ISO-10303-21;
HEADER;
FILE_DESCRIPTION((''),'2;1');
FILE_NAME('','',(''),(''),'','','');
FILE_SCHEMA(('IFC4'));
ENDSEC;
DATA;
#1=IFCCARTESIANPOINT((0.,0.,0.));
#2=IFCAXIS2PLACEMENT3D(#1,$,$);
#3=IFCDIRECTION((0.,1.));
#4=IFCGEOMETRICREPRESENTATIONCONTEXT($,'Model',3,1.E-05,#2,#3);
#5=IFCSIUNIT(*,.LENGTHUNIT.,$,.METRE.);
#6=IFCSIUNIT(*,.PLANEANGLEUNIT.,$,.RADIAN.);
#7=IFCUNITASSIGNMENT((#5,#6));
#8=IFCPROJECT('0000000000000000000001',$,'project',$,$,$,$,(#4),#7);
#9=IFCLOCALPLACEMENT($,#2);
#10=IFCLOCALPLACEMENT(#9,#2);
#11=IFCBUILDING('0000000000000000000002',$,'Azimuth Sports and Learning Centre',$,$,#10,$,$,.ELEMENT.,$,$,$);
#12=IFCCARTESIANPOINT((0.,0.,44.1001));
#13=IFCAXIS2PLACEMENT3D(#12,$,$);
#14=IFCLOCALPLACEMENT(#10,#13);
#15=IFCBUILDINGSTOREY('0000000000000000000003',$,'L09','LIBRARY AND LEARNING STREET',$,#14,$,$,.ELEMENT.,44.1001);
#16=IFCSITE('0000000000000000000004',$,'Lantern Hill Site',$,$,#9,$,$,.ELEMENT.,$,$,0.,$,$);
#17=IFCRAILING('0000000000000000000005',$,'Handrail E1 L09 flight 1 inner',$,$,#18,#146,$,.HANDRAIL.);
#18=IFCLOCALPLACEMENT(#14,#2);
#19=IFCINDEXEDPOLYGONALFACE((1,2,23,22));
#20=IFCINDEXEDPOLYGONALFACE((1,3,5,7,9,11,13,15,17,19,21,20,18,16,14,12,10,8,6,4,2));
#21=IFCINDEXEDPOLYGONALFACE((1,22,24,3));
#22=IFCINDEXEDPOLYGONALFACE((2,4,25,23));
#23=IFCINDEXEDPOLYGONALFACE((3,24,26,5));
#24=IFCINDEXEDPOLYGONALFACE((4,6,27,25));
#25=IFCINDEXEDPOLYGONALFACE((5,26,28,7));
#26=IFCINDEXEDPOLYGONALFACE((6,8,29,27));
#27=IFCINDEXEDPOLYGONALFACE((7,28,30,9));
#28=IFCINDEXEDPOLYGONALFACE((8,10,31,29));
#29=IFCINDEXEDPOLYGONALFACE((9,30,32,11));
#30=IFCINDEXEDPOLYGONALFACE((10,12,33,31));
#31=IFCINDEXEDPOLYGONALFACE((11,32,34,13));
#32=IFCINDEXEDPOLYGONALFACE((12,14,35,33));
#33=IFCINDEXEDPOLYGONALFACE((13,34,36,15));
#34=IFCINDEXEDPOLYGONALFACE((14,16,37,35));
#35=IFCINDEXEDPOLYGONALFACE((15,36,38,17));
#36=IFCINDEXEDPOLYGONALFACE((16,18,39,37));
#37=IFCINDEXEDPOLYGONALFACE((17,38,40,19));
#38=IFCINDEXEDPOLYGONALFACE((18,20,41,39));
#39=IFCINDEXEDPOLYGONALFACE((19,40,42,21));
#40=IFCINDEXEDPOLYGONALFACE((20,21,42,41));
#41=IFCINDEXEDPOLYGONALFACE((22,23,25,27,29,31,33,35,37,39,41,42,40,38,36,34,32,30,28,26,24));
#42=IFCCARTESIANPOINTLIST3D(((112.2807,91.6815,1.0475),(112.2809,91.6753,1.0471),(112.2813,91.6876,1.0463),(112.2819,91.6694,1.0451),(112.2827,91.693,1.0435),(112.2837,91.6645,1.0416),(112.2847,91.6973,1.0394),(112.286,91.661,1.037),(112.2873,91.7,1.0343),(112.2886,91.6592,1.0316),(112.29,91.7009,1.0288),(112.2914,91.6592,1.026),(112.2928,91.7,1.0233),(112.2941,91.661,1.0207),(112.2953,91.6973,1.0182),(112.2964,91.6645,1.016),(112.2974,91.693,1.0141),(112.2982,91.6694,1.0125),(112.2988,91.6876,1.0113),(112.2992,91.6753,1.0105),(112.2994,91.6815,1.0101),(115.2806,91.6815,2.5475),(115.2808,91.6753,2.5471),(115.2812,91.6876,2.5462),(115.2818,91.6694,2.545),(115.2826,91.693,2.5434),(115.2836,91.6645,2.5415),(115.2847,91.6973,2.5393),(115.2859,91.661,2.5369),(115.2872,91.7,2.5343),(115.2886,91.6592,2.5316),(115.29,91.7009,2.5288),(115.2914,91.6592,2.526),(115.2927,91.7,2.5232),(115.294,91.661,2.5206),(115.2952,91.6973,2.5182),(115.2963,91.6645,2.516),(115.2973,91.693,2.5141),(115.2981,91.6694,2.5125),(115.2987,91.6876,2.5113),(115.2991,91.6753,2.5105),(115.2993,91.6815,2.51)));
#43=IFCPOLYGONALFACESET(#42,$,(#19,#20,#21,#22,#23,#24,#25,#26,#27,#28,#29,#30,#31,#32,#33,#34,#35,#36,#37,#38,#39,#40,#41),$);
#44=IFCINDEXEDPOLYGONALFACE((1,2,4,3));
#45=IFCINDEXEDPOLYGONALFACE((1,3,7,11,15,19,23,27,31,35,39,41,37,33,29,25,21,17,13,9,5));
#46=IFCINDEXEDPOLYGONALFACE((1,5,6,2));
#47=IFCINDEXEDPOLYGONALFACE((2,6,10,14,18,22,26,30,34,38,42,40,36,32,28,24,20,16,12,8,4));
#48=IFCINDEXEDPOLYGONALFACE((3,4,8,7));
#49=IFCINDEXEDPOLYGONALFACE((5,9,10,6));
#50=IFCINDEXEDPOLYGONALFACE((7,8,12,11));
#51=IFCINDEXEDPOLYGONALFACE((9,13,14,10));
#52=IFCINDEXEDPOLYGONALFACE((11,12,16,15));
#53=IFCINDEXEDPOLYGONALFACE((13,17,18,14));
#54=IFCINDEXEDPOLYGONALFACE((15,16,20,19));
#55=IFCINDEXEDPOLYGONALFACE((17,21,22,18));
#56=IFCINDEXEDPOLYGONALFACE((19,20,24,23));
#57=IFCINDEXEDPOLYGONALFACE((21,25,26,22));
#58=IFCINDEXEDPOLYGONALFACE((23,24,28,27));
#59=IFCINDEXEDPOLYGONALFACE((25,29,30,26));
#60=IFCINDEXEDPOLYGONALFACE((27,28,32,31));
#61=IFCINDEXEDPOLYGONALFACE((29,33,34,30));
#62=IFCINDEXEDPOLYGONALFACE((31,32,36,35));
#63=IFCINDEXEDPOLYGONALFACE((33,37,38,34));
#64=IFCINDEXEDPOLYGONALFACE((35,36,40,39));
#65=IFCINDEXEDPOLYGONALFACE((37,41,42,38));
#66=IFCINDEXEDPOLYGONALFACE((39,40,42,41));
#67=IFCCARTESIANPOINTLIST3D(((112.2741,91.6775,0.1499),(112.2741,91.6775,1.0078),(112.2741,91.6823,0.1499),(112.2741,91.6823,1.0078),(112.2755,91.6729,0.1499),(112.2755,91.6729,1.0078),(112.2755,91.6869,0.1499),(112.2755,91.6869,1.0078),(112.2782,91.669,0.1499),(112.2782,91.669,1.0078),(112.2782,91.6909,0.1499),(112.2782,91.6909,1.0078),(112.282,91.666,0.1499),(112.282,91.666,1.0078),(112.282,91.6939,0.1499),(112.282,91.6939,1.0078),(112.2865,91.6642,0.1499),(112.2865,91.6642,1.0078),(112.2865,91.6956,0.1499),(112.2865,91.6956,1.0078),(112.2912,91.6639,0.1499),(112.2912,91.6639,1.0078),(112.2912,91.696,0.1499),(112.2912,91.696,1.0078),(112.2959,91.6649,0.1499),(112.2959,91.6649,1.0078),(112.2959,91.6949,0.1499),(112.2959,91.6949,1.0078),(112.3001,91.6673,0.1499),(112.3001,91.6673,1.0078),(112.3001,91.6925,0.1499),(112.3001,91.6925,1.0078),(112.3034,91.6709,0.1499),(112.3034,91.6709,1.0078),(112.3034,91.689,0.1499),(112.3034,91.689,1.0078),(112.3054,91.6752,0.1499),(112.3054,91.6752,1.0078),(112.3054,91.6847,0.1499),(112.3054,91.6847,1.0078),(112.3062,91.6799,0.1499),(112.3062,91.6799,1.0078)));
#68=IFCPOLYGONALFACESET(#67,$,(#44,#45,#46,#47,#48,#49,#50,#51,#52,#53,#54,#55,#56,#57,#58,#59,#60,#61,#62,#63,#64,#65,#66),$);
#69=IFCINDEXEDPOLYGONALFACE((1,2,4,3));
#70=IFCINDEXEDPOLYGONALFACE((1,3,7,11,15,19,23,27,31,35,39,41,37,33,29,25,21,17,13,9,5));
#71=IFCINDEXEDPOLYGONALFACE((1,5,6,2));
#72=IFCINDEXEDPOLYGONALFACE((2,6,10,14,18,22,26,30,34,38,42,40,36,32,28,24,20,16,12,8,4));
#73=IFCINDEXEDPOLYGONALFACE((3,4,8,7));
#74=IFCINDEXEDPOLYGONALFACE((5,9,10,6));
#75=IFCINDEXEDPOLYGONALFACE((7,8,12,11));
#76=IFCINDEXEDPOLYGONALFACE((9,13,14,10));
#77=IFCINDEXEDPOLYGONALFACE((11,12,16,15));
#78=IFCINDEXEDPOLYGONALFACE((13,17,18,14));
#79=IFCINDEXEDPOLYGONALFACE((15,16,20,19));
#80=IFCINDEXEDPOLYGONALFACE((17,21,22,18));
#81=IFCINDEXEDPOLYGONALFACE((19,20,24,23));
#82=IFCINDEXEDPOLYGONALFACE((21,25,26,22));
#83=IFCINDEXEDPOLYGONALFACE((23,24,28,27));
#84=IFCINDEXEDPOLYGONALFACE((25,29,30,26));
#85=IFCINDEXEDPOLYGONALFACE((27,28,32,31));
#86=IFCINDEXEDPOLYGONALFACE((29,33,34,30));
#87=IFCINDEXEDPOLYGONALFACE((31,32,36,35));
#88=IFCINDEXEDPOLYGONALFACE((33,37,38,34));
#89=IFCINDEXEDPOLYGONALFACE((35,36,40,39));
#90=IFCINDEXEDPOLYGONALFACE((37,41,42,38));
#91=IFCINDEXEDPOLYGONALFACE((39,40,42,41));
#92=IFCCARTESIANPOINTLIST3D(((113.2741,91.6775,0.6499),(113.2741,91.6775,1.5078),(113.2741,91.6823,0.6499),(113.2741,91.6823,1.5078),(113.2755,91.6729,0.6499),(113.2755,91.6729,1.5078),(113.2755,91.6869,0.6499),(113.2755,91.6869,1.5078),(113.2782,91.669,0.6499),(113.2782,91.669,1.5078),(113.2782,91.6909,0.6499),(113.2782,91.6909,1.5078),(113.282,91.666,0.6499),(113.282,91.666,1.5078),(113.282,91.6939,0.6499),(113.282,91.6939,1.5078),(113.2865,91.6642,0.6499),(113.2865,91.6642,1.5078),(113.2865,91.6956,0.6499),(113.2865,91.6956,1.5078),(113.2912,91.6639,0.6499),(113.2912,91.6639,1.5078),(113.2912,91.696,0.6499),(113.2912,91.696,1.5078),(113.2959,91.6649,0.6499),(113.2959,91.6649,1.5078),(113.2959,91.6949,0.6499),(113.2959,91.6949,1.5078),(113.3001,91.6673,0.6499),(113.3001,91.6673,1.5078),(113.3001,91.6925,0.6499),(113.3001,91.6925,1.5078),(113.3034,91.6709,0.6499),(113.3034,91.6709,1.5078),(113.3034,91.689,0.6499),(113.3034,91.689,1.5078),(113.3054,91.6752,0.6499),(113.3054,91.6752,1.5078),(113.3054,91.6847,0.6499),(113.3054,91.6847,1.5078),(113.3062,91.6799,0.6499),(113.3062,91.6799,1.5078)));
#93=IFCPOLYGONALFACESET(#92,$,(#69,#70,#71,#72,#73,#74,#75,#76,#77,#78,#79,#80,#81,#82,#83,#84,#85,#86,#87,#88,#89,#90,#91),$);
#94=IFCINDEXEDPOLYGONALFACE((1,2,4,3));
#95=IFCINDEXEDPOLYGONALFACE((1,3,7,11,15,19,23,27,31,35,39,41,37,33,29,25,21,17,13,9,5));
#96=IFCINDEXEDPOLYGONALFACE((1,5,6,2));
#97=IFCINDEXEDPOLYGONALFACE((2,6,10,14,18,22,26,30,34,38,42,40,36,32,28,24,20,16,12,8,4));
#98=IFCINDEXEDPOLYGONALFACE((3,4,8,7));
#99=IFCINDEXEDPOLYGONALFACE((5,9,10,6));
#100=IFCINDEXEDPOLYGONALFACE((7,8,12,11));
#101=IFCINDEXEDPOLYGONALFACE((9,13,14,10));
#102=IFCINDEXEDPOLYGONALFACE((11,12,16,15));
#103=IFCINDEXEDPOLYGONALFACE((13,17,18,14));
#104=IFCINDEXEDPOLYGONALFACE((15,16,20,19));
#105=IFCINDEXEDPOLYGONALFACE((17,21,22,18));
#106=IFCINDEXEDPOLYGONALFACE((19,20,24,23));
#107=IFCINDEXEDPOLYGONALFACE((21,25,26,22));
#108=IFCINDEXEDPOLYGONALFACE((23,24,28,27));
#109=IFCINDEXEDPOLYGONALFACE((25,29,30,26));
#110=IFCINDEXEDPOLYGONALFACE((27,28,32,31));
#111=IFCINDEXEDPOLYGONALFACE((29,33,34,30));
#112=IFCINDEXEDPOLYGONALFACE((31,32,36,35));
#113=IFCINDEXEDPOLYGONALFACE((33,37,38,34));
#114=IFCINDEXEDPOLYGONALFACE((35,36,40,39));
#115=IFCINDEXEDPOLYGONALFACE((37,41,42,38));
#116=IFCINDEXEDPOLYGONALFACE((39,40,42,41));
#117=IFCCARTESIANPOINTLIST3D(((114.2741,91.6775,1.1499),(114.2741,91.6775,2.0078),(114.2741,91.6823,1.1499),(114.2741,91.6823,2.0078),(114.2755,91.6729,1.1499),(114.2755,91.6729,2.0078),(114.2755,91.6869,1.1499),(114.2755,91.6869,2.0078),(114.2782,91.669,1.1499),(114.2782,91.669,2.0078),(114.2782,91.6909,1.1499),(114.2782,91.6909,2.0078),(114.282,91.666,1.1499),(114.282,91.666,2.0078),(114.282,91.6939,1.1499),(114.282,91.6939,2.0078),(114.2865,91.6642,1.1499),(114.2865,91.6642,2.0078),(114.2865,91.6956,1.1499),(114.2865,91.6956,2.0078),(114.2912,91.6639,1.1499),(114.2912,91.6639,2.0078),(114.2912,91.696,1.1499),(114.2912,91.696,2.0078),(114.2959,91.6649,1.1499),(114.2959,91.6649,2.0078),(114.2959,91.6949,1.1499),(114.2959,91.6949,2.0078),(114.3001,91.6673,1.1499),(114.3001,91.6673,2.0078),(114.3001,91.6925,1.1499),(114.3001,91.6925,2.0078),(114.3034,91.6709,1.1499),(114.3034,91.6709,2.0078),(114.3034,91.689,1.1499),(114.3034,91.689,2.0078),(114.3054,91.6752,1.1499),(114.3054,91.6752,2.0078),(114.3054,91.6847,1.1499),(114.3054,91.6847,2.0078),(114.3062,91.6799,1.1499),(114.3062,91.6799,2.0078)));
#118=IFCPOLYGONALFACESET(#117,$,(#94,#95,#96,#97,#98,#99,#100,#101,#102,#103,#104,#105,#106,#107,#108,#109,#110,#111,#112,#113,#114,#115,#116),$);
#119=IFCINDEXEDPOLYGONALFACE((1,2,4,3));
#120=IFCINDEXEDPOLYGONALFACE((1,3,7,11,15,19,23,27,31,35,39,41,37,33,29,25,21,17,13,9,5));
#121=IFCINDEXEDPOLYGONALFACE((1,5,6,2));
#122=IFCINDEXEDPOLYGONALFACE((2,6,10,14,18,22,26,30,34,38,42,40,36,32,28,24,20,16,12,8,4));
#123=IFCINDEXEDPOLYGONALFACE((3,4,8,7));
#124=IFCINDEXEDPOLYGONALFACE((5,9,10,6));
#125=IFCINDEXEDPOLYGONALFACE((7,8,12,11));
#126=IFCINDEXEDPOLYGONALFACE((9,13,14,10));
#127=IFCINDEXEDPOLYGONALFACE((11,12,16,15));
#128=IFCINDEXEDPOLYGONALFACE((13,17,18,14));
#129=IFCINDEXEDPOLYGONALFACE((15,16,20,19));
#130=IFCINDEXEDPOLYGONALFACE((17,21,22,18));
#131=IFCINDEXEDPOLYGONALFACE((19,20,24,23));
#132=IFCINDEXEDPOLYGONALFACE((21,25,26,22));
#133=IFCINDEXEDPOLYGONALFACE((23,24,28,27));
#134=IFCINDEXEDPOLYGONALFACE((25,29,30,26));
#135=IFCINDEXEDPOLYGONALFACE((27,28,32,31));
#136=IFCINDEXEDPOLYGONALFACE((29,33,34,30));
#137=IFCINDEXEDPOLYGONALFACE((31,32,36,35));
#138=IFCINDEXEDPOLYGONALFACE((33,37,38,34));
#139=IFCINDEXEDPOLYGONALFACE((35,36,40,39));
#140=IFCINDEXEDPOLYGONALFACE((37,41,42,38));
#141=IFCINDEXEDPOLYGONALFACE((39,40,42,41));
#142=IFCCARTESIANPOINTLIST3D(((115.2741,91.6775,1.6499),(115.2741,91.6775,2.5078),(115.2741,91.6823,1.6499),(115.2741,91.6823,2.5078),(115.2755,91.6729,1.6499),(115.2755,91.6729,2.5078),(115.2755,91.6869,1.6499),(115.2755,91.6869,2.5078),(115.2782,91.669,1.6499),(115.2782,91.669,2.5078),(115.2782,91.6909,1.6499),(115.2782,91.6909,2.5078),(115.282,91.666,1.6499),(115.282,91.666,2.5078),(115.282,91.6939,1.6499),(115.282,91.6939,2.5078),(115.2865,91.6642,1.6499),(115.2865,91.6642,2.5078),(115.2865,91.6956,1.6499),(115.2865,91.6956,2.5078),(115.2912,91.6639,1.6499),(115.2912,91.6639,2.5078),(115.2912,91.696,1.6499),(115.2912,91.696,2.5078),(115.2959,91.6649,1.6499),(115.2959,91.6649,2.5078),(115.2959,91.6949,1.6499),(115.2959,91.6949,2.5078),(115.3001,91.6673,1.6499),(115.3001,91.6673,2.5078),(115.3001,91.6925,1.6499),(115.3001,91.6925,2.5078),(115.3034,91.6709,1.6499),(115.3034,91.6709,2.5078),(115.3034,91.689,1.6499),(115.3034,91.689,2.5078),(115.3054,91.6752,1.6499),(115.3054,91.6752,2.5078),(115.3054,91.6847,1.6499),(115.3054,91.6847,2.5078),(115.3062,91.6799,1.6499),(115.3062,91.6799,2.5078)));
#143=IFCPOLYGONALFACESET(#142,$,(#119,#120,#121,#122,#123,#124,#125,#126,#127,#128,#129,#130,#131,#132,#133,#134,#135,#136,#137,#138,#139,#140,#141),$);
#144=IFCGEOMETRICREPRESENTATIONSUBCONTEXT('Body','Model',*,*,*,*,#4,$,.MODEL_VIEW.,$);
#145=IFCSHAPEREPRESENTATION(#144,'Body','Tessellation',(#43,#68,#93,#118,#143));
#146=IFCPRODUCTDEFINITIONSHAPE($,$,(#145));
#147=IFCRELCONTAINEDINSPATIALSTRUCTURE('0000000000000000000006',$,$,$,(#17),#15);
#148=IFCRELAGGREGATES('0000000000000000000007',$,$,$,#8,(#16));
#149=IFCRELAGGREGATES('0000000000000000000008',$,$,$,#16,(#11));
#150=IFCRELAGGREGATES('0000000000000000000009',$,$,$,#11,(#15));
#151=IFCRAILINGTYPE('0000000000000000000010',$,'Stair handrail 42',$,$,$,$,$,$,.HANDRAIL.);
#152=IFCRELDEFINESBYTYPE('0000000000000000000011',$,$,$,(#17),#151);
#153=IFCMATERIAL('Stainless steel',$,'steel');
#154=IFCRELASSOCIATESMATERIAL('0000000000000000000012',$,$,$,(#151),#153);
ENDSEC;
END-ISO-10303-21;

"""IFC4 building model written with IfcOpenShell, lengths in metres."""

from ifc_helpers import new_model, si_unit, direction, frame, origin, origin_2d, place, context, subcontext, project, spatial, circle, extrude, material, type_object, element, save


model = new_model("IFC4")

# Units and contexts
model_context = context("Model", 3, precision=1e-05, world=origin(), true_north=direction((0.0, 1.0)))
body_context = subcontext(model_context, "Body", "Model", "MODEL_VIEW")
ifc_project = project(units=[si_unit("LENGTHUNIT", "METRE"), si_unit("PLANEANGLEUNIT", "RADIAN")], contexts=[model_context])

# Site, building, storey
site_placement = place(None, origin())
site = spatial("IfcSite", under=ifc_project, at=site_placement, Name="Lantern Hill Site", CompositionType="ELEMENT", RefElevation=0.0)
building_placement = place(site_placement, origin())
building = spatial("IfcBuilding", under=site, at=building_placement, Name="Azimuth Sports and Learning Centre", CompositionType="ELEMENT")
storey_placement = place(building_placement, frame((0.0, 0.0, 44.1001)))
storey = spatial("IfcBuildingStorey", under=building, at=storey_placement, Name="L09", Description="LIBRARY AND LEARNING STREET", CompositionType="ELEMENT", Elevation=44.1001)

# Railing
ifc_material_1 = material(Name="Stainless steel", Category="steel")
railing_type_1 = type_object("IfcRailingType", Name="Stair handrail 42", PredefinedType="HANDRAIL", material=ifc_material_1)
for number, where, name in (
    (1, (112.29, 91.6799, 0.1499), "Handrail E1 L09 flight 1 inner"),
):
    element("IfcRailing", number, at=place(storey_placement, frame(where)), inside=storey, type_object=railing_type_1, Name=name, PredefinedType="HANDRAIL", context=body_context, shape_type="SweptSolid", body=[
        extrude(circle(Radius=0.021, at=origin_2d()), frame((0.0, 0.0, 0.8789), z_axis=(0.894427, 0.0, 0.447214), x_axis=(0.0, 1.0, 0.0)), (0.0, 0.0, 1.0), 3.354),
        extrude(circle(Radius=0.0161, at=origin_2d()), origin(), (0.0, 0.0, 1.0), 0.8579),
        extrude(circle(Radius=0.0161, at=origin_2d()), frame((1.0, 0.0, 0.5)), (0.0, 0.0, 1.0), 0.8579),
        extrude(circle(Radius=0.0161, at=origin_2d()), frame((2.0, 0.0, 1.0)), (0.0, 0.0, 1.0), 0.8579),
        extrude(circle(Radius=0.0161, at=origin_2d()), frame((3.0, 0.0, 1.5)), (0.0, 0.0, 1.0), 0.8579),
    ])

save(model, "model.ifc")
